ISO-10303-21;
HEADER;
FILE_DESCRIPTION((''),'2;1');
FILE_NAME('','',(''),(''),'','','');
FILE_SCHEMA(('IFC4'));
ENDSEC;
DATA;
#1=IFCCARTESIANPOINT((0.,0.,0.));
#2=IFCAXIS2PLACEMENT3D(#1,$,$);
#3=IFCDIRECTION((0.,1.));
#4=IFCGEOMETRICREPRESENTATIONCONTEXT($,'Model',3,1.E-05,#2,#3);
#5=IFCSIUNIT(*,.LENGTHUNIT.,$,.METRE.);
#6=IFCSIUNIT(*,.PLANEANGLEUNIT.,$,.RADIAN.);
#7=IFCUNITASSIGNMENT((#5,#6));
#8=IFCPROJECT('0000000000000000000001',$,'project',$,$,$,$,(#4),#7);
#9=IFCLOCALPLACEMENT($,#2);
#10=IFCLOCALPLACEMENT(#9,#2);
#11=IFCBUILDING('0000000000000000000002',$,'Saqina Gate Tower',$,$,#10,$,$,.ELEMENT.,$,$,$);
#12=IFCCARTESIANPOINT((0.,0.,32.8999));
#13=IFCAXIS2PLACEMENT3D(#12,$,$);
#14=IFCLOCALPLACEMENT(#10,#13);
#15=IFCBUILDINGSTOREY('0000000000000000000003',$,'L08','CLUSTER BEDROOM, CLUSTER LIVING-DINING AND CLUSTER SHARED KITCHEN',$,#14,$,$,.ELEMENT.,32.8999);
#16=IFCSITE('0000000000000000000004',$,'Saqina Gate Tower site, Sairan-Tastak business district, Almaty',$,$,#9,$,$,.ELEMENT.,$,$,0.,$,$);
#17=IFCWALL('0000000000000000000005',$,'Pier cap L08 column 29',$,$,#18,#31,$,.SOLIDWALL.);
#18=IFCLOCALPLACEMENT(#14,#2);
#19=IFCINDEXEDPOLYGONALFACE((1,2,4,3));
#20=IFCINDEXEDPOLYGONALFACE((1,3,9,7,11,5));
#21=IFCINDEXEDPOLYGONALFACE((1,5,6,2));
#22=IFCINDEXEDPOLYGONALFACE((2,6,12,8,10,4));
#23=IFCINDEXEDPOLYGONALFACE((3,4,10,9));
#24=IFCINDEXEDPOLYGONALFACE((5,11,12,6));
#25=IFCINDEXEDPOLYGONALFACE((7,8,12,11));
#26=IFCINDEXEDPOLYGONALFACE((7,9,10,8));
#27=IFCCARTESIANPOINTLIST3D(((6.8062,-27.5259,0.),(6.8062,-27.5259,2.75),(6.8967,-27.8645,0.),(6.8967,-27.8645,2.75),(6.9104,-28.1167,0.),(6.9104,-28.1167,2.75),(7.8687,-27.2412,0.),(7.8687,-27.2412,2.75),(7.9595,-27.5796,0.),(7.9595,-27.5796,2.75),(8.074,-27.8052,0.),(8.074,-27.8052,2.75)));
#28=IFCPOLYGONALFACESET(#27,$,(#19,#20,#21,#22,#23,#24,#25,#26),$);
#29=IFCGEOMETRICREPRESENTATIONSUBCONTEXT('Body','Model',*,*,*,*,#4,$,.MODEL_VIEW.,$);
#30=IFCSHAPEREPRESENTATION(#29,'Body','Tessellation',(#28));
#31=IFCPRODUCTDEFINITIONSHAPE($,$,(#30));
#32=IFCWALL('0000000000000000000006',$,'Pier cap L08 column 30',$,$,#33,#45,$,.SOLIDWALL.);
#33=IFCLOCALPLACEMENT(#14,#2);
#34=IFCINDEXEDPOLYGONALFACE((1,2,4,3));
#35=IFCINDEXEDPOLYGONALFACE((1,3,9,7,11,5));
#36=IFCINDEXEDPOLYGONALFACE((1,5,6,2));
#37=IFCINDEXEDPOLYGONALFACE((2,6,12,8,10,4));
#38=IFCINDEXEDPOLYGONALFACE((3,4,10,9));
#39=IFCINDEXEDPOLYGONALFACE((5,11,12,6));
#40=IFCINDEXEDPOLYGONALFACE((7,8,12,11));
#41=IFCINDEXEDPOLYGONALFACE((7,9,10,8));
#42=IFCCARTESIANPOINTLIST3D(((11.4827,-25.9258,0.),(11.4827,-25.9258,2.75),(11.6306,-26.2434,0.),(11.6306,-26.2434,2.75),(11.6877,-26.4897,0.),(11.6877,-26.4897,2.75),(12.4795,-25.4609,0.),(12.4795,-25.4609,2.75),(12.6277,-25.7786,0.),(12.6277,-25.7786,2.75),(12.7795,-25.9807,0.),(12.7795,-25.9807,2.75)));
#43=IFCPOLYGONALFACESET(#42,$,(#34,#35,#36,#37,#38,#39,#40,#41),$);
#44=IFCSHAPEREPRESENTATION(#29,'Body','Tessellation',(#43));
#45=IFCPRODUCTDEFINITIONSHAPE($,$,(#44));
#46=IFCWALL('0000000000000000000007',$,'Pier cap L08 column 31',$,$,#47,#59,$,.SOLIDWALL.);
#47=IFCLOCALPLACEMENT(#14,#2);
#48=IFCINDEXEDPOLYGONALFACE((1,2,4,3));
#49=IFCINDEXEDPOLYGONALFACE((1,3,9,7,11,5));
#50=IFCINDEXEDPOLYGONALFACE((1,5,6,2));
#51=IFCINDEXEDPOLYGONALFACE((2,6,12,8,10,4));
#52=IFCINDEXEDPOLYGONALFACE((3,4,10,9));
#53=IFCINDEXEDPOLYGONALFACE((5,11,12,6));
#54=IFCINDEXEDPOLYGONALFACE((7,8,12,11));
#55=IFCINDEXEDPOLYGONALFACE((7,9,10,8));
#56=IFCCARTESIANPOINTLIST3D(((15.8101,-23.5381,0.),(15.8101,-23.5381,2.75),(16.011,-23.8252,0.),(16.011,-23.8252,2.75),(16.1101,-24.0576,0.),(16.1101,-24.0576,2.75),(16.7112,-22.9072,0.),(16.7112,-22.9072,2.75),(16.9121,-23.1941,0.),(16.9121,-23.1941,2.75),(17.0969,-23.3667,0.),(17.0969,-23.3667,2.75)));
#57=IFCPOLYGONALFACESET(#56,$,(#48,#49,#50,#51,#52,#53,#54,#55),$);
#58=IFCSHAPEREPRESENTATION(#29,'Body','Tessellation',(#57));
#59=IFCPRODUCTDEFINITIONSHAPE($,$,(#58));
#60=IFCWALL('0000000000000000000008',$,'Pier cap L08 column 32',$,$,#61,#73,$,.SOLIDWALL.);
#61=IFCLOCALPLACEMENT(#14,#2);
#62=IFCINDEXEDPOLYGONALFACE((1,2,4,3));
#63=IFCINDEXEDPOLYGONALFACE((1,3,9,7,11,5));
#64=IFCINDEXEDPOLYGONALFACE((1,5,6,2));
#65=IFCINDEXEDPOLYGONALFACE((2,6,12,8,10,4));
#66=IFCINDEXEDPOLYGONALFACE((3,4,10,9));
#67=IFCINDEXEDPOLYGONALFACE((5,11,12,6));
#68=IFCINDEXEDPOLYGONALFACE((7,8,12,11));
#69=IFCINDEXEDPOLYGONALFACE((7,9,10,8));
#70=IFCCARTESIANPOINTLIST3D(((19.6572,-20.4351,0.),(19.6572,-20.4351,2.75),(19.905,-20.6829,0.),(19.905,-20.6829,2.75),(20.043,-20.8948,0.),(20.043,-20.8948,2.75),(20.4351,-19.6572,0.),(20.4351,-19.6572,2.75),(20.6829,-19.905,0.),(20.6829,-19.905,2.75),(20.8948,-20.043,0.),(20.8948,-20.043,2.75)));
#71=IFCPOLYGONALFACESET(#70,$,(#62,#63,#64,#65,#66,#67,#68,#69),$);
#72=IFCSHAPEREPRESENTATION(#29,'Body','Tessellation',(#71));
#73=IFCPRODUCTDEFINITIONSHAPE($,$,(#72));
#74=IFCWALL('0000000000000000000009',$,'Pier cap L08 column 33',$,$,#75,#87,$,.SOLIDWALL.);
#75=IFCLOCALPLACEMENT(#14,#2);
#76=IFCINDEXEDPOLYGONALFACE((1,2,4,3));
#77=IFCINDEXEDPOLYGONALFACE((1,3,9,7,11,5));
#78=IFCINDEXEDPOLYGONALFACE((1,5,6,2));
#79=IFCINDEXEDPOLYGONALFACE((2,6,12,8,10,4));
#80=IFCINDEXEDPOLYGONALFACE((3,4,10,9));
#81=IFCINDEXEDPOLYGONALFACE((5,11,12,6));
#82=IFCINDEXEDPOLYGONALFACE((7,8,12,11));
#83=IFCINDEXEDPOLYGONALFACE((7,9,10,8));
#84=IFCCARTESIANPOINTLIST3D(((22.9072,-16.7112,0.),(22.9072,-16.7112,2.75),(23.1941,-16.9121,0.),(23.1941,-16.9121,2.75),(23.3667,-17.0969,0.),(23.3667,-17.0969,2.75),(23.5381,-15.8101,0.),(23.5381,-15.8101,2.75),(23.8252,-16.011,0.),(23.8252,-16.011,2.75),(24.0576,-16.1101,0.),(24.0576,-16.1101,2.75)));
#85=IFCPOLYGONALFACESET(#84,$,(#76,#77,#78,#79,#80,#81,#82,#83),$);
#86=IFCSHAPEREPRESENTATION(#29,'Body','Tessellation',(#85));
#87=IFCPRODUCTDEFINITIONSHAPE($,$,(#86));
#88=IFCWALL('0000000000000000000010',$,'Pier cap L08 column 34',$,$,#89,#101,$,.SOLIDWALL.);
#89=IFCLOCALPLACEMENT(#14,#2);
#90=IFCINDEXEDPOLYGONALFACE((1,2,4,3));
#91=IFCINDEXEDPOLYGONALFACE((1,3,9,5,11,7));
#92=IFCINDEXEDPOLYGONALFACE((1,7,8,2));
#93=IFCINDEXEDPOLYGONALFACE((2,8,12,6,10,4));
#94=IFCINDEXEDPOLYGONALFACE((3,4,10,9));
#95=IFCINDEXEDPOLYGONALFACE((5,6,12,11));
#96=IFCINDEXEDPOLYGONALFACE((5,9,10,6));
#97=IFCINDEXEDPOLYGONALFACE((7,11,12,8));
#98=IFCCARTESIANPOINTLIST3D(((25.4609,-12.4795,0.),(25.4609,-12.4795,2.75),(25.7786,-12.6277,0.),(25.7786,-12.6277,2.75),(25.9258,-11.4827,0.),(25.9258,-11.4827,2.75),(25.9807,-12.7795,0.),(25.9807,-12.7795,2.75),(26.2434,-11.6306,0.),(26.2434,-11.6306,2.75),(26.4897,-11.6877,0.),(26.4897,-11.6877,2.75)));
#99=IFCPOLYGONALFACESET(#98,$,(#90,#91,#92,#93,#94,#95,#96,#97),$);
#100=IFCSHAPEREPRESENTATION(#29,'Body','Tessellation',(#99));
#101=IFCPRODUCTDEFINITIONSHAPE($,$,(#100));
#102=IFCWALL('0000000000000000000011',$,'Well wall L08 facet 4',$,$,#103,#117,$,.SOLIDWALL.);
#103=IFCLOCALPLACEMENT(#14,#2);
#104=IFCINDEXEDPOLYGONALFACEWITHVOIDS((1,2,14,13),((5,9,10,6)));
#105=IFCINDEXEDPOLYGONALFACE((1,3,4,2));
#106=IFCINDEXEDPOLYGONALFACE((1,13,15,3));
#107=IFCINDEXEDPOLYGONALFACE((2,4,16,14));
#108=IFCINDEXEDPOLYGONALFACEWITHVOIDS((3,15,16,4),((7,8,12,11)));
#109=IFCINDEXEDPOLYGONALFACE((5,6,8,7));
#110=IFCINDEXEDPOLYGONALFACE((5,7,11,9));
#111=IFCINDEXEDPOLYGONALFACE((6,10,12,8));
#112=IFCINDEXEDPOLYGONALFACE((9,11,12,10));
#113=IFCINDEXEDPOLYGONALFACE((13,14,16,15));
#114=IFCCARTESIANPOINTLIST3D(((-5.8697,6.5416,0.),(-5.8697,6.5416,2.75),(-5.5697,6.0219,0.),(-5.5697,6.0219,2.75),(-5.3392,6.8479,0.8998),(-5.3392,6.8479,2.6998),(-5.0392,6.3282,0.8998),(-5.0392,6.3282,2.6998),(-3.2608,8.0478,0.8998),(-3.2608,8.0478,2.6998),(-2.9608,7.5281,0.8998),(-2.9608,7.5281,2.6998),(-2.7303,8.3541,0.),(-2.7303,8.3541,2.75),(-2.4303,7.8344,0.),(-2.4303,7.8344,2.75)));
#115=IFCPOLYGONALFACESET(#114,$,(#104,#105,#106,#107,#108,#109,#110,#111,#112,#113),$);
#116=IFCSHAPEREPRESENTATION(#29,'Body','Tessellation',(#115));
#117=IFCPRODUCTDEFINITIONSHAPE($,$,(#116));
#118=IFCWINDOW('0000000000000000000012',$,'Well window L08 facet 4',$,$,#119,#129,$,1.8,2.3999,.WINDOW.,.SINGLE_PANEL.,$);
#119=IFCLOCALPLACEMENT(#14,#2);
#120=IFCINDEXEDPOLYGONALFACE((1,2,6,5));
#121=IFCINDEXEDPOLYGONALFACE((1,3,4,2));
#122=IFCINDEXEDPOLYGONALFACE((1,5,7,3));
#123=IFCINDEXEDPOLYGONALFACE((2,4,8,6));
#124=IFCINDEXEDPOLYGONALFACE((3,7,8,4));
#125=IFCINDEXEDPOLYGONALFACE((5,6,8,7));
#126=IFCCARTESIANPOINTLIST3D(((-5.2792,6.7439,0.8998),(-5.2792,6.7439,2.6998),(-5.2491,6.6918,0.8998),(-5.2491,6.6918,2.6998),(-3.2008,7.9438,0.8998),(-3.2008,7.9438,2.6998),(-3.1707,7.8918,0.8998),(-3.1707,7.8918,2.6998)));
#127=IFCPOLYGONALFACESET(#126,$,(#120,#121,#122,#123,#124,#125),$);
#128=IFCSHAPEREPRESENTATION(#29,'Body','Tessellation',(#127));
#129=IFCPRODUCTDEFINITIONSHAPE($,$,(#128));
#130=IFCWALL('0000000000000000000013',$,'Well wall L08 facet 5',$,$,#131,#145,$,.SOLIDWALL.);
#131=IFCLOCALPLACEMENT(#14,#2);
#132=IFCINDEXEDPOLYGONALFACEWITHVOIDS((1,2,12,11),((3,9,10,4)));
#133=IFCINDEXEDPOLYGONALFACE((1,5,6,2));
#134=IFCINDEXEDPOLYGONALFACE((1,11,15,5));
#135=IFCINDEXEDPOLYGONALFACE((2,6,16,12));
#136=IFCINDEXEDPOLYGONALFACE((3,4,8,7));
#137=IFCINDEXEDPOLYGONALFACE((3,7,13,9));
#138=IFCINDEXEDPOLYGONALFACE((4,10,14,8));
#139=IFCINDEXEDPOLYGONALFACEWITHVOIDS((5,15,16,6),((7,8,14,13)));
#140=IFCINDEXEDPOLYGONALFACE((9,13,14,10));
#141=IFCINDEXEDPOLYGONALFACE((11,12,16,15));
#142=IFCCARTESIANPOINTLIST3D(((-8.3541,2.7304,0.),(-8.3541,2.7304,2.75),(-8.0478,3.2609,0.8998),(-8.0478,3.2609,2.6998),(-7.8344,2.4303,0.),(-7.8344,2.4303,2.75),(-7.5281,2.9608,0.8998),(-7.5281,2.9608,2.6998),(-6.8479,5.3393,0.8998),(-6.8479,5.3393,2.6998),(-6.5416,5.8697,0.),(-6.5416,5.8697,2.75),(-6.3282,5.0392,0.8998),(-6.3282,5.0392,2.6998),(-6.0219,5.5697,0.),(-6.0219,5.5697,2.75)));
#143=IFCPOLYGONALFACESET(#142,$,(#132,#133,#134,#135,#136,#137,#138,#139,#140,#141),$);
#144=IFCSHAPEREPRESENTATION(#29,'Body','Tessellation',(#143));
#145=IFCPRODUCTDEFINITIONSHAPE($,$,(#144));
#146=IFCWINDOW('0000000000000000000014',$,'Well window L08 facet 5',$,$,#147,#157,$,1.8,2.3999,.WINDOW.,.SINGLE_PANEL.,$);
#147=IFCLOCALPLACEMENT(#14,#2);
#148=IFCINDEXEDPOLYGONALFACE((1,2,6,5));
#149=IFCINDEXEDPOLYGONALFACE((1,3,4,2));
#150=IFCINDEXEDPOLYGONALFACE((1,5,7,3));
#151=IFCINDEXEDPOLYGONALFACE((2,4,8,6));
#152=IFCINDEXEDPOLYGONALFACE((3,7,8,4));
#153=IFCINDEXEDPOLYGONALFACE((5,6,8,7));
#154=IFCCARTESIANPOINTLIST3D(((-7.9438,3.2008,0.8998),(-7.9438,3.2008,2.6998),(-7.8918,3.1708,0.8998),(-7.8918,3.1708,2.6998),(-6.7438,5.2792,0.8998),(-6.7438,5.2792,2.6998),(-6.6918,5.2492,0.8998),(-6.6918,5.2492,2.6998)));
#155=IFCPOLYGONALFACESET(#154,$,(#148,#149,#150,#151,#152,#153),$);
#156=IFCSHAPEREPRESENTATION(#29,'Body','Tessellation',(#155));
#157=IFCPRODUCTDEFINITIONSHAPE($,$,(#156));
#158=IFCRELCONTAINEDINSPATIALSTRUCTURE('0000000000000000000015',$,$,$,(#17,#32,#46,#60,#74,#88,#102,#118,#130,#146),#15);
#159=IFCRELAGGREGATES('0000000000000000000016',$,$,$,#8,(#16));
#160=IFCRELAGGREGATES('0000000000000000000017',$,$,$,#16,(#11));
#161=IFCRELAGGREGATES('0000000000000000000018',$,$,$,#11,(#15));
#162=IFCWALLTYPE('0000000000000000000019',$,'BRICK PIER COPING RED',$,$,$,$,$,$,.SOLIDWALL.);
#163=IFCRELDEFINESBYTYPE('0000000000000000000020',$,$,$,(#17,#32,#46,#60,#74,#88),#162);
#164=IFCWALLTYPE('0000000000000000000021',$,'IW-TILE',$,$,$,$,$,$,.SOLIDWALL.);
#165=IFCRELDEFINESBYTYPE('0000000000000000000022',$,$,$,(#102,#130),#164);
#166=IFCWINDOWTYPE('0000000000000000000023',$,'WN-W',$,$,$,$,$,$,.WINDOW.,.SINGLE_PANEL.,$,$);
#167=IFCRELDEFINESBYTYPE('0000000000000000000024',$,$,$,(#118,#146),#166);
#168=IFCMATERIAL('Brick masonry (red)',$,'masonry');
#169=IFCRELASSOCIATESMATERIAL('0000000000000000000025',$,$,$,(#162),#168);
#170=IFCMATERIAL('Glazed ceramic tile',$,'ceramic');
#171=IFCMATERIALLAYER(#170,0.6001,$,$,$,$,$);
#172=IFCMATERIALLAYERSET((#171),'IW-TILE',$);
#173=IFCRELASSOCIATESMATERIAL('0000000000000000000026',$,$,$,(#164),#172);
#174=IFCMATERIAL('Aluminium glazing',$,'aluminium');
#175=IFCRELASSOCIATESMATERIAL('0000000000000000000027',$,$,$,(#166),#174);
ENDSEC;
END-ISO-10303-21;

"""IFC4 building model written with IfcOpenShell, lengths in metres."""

from ifc_helpers import new_model, si_unit, direction, frame, frame_2d, origin, place, context, subcontext, project, spatial, polyline, rectangle, outline, extrude, material, layer, layer_set, type_object, element, fill, save


model = new_model("IFC4")

# Units and contexts
model_context = context("Model", 3, precision=1e-05, world=origin(), true_north=direction((0.0, 1.0)))
body_context = subcontext(model_context, "Body", "Model", "MODEL_VIEW")
ifc_project = project(units=[si_unit("LENGTHUNIT", "METRE"), si_unit("PLANEANGLEUNIT", "RADIAN")], contexts=[model_context])

# Site, building, storey
site_placement = place(None, origin())
site = spatial("IfcSite", under=ifc_project, at=site_placement, Name="Saqina Gate Tower site, Sairan-Tastak business district, Almaty", CompositionType="ELEMENT", RefElevation=0.0)
building_placement = place(site_placement, origin())
building = spatial("IfcBuilding", under=site, at=building_placement, Name="Saqina Gate Tower", CompositionType="ELEMENT")
storey_placement = place(building_placement, frame((0.0, 0.0, 32.8999)))
storey = spatial("IfcBuildingStorey", under=building, at=storey_placement, Name="L08", Description="CLUSTER BEDROOM, CLUSTER LIVING-DINING AND CLUSTER SHARED KITCHEN", CompositionType="ELEMENT", Elevation=32.8999)

# Walls
ifc_material_1 = material(Name="Brick masonry (red)", Category="masonry")
wall_type_1 = type_object("IfcWallType", Name="BRICK PIER COPING RED", PredefinedType="SOLIDWALL", material=ifc_material_1)
wall_1_placement = place(storey_placement, origin())
element("IfcWall", 1, at=wall_1_placement, inside=storey, type_object=wall_type_1, Name="Pier cap L08 column 29", PredefinedType="SOLIDWALL", context=body_context, shape_type="SweptSolid", body=[
    extrude(outline(polyline([(6.9104, -28.1167), (8.074, -27.8052), (7.8687, -27.2412), (7.9595, -27.5796), (6.8967, -27.8645), (6.8062, -27.5259), (6.9104, -28.1167)])), origin(), (0.0, 0.0, 1.0), 2.75),
])
wall_2_placement = place(storey_placement, origin())
element("IfcWall", 2, at=wall_2_placement, inside=storey, type_object=wall_type_1, Name="Pier cap L08 column 30", PredefinedType="SOLIDWALL", context=body_context, shape_type="SweptSolid", body=[
    extrude(outline(polyline([(12.7795, -25.9807), (12.4795, -25.4609), (12.6277, -25.7786), (11.6306, -26.2434), (11.4827, -25.9258), (11.6877, -26.4897), (12.7795, -25.9807)])), origin(), (0.0, 0.0, 1.0), 2.75),
])
wall_3_placement = place(storey_placement, origin())
element("IfcWall", 3, at=wall_3_placement, inside=storey, type_object=wall_type_1, Name="Pier cap L08 column 31", PredefinedType="SOLIDWALL", context=body_context, shape_type="SweptSolid", body=[
    extrude(outline(polyline([(16.1101, -24.0576), (17.0969, -23.3667), (16.7112, -22.9072), (16.9121, -23.1941), (16.011, -23.8252), (15.8101, -23.5381), (16.1101, -24.0576)])), origin(), (0.0, 0.0, 1.0), 2.75),
])
wall_4_placement = place(storey_placement, origin())
element("IfcWall", 4, at=wall_4_placement, inside=storey, type_object=wall_type_1, Name="Pier cap L08 column 32", PredefinedType="SOLIDWALL", context=body_context, shape_type="SweptSolid", body=[
    extrude(outline(polyline([(20.8948, -20.043), (20.4351, -19.6572), (20.6829, -19.905), (19.905, -20.6829), (19.6572, -20.4351), (20.043, -20.8948), (20.8948, -20.043)])), origin(), (0.0, 0.0, 1.0), 2.75),
])
wall_5_placement = place(storey_placement, origin())
element("IfcWall", 5, at=wall_5_placement, inside=storey, type_object=wall_type_1, Name="Pier cap L08 column 33", PredefinedType="SOLIDWALL", context=body_context, shape_type="SweptSolid", body=[
    extrude(outline(polyline([(23.3667, -17.0969), (24.0576, -16.1101), (23.5381, -15.8101), (23.8252, -16.011), (23.1941, -16.9121), (22.9072, -16.7112), (23.3667, -17.0969)])), origin(), (0.0, 0.0, 1.0), 2.75),
])
wall_6_placement = place(storey_placement, origin())
element("IfcWall", 6, at=wall_6_placement, inside=storey, type_object=wall_type_1, Name="Pier cap L08 column 34", PredefinedType="SOLIDWALL", context=body_context, shape_type="SweptSolid", body=[
    extrude(outline(polyline([(26.4897, -11.6877), (25.9258, -11.4827), (26.2434, -11.6306), (25.7786, -12.6277), (25.4609, -12.4795), (25.9807, -12.7795), (26.4897, -11.6877)])), origin(), (0.0, 0.0, 1.0), 2.75),
])

# Walls, openings, windows
ifc_material_2 = material(Name="Glazed ceramic tile", Category="ceramic")
ifc_layer_1 = layer(ifc_material_2, 0.6001)
ifc_layer_set_1 = layer_set([ifc_layer_1], Name="IW-TILE")
wall_type_2 = type_object("IfcWallType", Name="IW-TILE", PredefinedType="SOLIDWALL", material=ifc_layer_set_1)
wall_7_placement = place(storey_placement, frame((-2.5803, 8.0942, 0.0), z_axis=(0.0, 0.0, 1.0), x_axis=(-0.86603, -0.499993, 0.0)))
wall_7 = element("IfcWall", 7, at=wall_7_placement, inside=storey, type_object=wall_type_2, Name="Well wall L08 facet 4", PredefinedType="SOLIDWALL", context=body_context, shape_type="SweptSolid", body=[
    extrude(rectangle(XDim=3.625, YDim=0.6001, at=frame_2d((1.8125, 0.0))), origin(), (0.0, 0.0, 1.0), 2.75),
])
opening_1_placement = place(wall_7_placement, frame((0.6125, 0.0, 0.8999)))
opening_1 = element("IfcOpeningElement", 8, at=opening_1_placement, cuts=wall_7, PredefinedType="OPENING", context=body_context, shape_type="SweptSolid", body=[
    extrude(rectangle(XDim=2.3999, YDim=1.8, at=frame_2d((1.2, 0.8999))), frame((0.0, 0.312, 0.0), z_axis=(0.0, -1.0, 0.0), x_axis=(1.0, 0.0, 0.0)), (0.0, 0.0, 1.0), 0.624),
])
ifc_material_3 = material(Name="Aluminium glazing", Category="aluminium")
window_type = type_object("IfcWindowType", Name="WN-W", PartitioningType="SINGLE_PANEL", PredefinedType="WINDOW", material=ifc_material_3)
window_1_placement = place(opening_1_placement, origin())
window_1 = element("IfcWindow", 9, at=window_1_placement, inside=storey, type_object=window_type, Name="Well window L08 facet 4", OverallHeight=1.8, OverallWidth=2.3999, PartitioningType="SINGLE_PANEL", PredefinedType="WINDOW", context=body_context, shape_type="SweptSolid", body=[
    extrude(rectangle(XDim=2.3999, YDim=1.8, at=frame_2d((1.2, 0.8999))), frame((0.0, -0.1199, 0.0), z_axis=(0.0, -1.0, 0.0), x_axis=(1.0, 0.0, 0.0)), (0.0, 0.0, 1.0), 0.0601),
])
fill(opening_1, window_1)
wall_8_placement = place(storey_placement, frame((-6.2817, 5.7197, 0.0), z_axis=(0.0, 0.0, 1.0), x_axis=(-0.499993, -0.86603, 0.0)))
wall_8 = element("IfcWall", 10, at=wall_8_placement, inside=storey, type_object=wall_type_2, Name="Well wall L08 facet 5", PredefinedType="SOLIDWALL", context=body_context, shape_type="SweptSolid", body=[
    extrude(rectangle(XDim=3.625, YDim=0.6001, at=frame_2d((1.8125, 0.0))), origin(), (0.0, 0.0, 1.0), 2.75),
])
opening_2_placement = place(wall_8_placement, frame((0.6125, 0.0, 0.8999)))
opening_2 = element("IfcOpeningElement", 11, at=opening_2_placement, cuts=wall_8, PredefinedType="OPENING", context=body_context, shape_type="SweptSolid", body=[
    extrude(rectangle(XDim=2.3999, YDim=1.8, at=frame_2d((1.2, 0.8999))), frame((0.0, 0.312, 0.0), z_axis=(0.0, -1.0, 0.0), x_axis=(1.0, 0.0, 0.0)), (0.0, 0.0, 1.0), 0.624),
])
window_2_placement = place(opening_2_placement, origin())
window_2 = element("IfcWindow", 12, at=window_2_placement, inside=storey, type_object=window_type, Name="Well window L08 facet 5", OverallHeight=1.8, OverallWidth=2.3999, PartitioningType="SINGLE_PANEL", PredefinedType="WINDOW", context=body_context, shape_type="SweptSolid", body=[
    extrude(rectangle(XDim=2.3999, YDim=1.8, at=frame_2d((1.2, 0.8999))), frame((0.0, -0.1199, 0.0), z_axis=(0.0, -1.0, 0.0), x_axis=(1.0, 0.0, 0.0)), (0.0, 0.0, 1.0), 0.0601),
])
fill(opening_2, window_2)

save(model, "model.ifc")
